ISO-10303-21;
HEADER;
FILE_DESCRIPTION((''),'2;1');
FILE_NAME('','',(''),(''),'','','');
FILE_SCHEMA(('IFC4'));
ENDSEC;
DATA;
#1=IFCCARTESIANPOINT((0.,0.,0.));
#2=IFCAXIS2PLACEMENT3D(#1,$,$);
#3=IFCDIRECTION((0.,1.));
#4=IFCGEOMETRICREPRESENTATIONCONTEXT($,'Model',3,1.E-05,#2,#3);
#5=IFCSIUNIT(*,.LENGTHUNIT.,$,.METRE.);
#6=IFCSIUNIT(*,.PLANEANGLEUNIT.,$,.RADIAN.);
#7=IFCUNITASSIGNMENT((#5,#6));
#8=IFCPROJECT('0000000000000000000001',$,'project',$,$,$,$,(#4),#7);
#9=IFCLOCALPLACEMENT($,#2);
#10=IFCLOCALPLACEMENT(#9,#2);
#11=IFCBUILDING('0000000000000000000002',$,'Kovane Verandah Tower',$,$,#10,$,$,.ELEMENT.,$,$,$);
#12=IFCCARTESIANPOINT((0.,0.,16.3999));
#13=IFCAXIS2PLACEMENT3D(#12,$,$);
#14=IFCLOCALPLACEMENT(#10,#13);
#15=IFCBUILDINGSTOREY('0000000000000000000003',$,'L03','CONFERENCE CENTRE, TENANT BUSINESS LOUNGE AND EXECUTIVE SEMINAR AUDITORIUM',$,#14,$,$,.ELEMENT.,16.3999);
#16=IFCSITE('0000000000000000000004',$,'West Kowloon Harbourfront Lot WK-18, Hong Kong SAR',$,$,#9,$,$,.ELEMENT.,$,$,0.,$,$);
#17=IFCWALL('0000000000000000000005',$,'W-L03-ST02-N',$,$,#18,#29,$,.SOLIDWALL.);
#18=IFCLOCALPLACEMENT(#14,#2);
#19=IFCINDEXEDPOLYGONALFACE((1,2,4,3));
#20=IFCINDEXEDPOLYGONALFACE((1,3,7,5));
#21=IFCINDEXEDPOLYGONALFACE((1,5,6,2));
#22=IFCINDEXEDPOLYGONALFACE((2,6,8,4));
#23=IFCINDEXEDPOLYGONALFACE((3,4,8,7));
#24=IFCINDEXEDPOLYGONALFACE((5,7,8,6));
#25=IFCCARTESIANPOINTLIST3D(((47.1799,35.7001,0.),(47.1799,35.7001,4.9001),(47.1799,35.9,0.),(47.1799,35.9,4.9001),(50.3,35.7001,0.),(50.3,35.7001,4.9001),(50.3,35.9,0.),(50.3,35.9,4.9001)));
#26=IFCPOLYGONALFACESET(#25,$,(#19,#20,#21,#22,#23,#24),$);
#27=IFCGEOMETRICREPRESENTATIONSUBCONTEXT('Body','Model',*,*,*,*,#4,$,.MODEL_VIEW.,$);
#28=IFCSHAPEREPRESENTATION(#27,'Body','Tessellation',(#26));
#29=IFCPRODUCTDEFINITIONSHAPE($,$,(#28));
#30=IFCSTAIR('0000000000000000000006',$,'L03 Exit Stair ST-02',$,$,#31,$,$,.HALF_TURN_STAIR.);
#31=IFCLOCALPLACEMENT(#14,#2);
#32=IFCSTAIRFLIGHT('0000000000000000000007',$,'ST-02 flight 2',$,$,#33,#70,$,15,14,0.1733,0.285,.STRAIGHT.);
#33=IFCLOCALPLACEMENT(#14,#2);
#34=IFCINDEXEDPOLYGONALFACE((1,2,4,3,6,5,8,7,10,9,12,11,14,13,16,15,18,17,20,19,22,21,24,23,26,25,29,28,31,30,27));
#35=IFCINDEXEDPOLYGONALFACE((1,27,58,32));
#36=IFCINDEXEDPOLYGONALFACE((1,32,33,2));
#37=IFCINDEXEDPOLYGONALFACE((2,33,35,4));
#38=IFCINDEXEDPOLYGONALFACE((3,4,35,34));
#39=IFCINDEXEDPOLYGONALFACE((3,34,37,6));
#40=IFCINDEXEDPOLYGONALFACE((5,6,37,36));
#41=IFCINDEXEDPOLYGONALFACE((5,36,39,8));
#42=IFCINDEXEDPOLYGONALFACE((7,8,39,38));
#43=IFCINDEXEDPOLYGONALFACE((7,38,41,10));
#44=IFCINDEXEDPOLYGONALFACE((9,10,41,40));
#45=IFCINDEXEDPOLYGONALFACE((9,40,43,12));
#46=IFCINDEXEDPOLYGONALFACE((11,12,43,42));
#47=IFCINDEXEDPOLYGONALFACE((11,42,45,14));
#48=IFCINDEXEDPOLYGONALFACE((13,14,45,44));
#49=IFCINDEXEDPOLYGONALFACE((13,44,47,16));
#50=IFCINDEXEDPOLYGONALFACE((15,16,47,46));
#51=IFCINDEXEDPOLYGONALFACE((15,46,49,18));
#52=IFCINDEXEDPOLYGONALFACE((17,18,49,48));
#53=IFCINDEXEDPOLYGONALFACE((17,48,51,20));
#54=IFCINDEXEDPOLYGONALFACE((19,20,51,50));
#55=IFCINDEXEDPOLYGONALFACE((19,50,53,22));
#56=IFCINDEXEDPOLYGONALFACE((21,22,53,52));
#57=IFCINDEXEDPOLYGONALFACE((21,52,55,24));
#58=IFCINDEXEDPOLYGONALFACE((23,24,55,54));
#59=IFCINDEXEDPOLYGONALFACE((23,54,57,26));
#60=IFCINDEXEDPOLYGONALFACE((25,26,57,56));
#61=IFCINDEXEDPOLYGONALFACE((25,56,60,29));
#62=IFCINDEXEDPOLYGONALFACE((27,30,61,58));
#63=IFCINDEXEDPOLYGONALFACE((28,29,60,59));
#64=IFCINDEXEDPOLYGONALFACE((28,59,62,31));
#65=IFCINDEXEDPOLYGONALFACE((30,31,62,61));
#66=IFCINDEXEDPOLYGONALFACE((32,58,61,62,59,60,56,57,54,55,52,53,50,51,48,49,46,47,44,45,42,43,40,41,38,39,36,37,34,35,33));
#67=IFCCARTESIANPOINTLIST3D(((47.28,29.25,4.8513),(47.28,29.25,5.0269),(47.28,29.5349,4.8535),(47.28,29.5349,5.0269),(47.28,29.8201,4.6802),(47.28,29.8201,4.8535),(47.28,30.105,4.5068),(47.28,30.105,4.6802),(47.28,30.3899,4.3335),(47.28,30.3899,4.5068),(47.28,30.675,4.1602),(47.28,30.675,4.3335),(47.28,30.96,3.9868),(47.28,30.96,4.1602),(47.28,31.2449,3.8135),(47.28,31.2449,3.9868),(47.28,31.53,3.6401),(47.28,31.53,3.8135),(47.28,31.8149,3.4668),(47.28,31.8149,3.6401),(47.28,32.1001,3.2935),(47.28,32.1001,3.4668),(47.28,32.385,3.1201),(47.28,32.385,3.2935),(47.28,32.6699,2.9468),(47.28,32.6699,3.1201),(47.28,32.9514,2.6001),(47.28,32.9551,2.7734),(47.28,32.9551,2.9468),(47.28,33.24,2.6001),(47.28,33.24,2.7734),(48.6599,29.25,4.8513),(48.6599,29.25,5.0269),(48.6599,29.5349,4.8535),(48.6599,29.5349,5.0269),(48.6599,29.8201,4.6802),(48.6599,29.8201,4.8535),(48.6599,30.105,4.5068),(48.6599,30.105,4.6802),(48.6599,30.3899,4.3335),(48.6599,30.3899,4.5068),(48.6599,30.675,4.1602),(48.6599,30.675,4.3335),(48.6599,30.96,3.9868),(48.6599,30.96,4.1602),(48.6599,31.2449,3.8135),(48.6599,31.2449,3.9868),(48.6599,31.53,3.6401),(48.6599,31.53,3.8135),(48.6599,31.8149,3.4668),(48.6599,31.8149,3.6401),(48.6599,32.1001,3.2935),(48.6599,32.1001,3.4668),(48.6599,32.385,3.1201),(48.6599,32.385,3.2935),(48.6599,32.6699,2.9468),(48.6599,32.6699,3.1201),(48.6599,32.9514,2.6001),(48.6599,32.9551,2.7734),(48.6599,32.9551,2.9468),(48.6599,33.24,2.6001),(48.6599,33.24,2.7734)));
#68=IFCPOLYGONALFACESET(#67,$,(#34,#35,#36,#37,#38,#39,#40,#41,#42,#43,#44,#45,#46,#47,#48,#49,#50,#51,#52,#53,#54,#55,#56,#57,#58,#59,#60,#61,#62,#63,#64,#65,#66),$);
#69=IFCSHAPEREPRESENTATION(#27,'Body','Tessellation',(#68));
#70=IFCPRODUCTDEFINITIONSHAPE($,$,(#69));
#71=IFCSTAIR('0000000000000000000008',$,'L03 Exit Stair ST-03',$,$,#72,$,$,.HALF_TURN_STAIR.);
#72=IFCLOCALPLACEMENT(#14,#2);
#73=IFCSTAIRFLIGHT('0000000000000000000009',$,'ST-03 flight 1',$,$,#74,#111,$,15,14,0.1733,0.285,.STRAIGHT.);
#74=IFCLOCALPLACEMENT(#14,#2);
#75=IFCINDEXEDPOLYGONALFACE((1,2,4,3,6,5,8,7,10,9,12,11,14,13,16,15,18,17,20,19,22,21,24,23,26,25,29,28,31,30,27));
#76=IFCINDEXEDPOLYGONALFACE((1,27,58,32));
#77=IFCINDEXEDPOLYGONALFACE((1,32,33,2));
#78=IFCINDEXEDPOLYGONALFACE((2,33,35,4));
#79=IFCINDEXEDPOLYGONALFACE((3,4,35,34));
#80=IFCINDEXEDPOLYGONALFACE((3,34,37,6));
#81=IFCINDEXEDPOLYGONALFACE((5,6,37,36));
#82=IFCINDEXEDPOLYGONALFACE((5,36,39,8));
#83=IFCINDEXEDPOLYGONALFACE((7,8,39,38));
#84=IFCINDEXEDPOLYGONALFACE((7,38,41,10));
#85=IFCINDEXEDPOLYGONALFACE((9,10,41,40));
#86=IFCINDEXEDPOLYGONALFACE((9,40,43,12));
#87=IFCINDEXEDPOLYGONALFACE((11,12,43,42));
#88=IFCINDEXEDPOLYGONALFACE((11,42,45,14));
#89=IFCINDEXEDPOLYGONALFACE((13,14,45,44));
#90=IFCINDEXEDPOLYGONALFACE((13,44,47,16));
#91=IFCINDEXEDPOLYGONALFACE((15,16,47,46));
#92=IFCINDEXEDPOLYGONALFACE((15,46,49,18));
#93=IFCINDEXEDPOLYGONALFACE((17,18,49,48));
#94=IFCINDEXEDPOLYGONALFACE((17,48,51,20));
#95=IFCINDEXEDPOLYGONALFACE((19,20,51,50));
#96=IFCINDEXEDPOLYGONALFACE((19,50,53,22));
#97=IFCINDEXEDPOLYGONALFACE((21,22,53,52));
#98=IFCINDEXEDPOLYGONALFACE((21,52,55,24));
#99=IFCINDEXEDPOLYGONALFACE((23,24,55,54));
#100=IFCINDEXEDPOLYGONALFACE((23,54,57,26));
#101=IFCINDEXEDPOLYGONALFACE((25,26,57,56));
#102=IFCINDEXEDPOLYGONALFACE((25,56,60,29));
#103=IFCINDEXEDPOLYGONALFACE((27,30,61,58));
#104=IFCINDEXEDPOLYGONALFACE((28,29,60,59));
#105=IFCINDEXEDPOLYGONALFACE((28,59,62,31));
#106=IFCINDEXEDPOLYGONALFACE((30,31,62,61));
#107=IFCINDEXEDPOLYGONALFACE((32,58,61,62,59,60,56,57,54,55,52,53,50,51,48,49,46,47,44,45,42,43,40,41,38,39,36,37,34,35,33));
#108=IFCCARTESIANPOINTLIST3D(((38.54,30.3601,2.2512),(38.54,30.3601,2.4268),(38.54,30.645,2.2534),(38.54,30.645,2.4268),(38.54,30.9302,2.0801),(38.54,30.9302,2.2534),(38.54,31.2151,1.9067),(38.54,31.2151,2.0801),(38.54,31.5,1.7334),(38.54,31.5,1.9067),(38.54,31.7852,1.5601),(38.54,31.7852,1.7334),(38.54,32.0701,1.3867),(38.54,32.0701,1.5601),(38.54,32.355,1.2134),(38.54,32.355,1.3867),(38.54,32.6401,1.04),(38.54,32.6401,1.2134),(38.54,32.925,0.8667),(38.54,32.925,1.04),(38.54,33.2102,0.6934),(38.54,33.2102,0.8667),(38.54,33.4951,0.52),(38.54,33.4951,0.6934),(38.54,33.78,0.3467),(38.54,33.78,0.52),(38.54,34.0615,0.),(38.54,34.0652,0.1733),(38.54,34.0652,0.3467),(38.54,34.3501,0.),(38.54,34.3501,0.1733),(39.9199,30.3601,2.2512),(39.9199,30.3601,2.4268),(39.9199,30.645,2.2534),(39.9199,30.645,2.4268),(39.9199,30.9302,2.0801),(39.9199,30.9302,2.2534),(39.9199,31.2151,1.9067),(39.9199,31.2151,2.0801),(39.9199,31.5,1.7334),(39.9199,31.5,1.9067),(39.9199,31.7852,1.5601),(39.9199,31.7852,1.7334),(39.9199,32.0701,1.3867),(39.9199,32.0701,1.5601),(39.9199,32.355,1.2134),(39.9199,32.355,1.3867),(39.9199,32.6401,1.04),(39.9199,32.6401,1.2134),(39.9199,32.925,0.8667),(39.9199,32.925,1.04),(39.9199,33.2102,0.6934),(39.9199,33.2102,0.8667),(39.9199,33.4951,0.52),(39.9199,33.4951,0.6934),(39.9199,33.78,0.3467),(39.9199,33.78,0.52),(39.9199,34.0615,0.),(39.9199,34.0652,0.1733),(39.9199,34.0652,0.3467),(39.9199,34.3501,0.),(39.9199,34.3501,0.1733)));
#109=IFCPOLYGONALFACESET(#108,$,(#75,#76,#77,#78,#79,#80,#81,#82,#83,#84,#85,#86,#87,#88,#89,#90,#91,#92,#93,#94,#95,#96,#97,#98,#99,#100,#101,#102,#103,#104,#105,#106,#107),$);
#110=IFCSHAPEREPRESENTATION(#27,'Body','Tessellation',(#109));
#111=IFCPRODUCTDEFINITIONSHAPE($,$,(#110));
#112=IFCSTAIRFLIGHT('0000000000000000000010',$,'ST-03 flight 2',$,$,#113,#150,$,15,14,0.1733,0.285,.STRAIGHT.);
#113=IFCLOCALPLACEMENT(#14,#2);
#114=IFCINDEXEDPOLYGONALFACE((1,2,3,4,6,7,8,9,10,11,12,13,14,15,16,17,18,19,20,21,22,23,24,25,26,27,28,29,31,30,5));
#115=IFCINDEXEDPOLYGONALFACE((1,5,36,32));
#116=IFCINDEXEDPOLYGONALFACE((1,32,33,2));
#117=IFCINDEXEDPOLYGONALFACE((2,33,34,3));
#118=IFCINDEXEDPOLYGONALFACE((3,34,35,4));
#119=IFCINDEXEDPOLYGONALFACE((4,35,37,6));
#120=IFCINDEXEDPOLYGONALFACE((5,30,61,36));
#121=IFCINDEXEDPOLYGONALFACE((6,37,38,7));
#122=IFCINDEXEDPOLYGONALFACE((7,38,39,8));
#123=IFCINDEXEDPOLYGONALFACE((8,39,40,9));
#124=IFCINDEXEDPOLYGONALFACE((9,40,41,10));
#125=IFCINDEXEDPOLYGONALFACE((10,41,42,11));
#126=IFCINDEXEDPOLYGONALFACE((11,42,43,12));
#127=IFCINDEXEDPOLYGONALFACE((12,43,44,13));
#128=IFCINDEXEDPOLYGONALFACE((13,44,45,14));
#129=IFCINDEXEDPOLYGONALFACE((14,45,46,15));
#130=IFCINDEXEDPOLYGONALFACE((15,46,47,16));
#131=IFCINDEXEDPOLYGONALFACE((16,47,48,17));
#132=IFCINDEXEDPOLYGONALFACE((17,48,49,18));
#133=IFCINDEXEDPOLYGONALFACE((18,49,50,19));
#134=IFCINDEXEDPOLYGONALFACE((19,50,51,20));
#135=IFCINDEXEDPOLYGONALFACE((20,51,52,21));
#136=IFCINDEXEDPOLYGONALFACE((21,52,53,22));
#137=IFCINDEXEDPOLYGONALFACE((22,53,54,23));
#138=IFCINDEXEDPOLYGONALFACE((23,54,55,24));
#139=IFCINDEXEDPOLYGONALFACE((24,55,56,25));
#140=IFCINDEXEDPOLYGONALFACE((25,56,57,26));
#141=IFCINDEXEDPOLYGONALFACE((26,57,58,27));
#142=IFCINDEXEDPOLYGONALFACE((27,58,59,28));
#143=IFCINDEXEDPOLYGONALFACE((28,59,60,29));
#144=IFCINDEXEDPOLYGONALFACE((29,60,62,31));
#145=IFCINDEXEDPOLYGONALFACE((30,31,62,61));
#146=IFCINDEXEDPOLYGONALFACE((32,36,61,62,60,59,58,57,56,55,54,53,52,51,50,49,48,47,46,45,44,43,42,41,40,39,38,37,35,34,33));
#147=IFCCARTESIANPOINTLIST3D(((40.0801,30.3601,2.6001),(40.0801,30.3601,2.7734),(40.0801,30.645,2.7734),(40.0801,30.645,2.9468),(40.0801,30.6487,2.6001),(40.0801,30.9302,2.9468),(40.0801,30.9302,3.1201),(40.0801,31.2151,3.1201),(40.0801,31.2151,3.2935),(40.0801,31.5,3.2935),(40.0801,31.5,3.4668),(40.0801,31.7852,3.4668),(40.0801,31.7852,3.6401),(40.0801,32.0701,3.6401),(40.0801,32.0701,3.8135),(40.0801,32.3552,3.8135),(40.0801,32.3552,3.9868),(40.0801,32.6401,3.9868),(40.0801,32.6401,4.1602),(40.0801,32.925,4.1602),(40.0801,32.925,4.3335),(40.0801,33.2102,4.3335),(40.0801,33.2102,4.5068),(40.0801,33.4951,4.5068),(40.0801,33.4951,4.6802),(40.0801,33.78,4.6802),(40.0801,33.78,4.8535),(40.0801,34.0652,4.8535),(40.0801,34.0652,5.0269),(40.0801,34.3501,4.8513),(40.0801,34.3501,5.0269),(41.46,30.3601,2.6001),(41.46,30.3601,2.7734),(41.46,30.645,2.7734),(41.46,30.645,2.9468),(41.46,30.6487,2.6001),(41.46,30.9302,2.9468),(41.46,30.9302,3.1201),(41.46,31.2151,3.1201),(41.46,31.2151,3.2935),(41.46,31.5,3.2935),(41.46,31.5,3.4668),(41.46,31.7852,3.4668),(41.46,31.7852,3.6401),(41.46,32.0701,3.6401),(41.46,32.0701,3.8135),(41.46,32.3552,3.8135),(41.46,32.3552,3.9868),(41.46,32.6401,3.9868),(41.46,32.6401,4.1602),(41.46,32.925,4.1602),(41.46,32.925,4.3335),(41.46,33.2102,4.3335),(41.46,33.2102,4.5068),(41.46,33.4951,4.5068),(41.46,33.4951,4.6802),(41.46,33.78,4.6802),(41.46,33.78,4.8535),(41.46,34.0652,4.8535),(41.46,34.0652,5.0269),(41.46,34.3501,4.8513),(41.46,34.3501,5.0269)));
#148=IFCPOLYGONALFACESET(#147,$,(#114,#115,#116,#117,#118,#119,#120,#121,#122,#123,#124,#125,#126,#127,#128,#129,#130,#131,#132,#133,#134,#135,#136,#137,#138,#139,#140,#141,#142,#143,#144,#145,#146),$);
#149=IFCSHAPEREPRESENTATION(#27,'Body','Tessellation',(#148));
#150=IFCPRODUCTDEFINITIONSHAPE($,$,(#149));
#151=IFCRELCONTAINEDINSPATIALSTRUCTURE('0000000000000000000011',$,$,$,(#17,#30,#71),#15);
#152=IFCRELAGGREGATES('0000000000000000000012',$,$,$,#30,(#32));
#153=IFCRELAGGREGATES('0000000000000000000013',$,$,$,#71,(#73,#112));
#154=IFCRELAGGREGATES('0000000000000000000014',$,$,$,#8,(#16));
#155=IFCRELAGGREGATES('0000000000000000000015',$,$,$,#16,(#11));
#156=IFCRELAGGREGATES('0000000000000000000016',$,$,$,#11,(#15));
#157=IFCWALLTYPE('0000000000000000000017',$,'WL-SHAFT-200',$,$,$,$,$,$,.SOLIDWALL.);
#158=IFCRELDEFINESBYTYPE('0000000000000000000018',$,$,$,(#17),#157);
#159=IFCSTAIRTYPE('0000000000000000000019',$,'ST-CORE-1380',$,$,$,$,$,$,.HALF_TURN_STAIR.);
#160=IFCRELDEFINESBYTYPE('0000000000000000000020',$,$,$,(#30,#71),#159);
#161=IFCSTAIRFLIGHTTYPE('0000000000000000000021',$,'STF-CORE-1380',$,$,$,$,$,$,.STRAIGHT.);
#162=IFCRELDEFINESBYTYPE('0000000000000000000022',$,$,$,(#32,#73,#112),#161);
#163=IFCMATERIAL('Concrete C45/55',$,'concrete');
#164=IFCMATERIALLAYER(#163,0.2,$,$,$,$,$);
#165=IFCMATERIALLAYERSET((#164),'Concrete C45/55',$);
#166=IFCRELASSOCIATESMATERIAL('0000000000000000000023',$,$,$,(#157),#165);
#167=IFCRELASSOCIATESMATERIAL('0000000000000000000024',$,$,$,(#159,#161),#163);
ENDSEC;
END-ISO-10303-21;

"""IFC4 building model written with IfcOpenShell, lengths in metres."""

from ifc_helpers import new_model, si_unit, direction, frame, frame_2d, origin, place, context, subcontext, project, spatial, polyline, rectangle, outline, extrude, material, layer, layer_set, type_object, element, aggregate, save


model = new_model("IFC4")

# Units and contexts
model_context = context("Model", 3, precision=1e-05, world=origin(), true_north=direction((0.0, 1.0)))
body_context = subcontext(model_context, "Body", "Model", "MODEL_VIEW")
ifc_project = project(units=[si_unit("LENGTHUNIT", "METRE"), si_unit("PLANEANGLEUNIT", "RADIAN")], contexts=[model_context])

# Site, building, storey
site_placement = place(None, origin())
site = spatial("IfcSite", under=ifc_project, at=site_placement, Name="West Kowloon Harbourfront Lot WK-18, Hong Kong SAR", CompositionType="ELEMENT", RefElevation=0.0)
building_placement = place(site_placement, origin())
building = spatial("IfcBuilding", under=site, at=building_placement, Name="Kovane Verandah Tower", CompositionType="ELEMENT")
storey_placement = place(building_placement, frame((0.0, 0.0, 16.3999)))
storey = spatial("IfcBuildingStorey", under=building, at=storey_placement, Name="L03", Description="CONFERENCE CENTRE, TENANT BUSINESS LOUNGE AND EXECUTIVE SEMINAR AUDITORIUM", CompositionType="ELEMENT", Elevation=16.3999)

# Wall
ifc_material_1 = material(Name="Concrete C45/55", Category="concrete")
ifc_layer_1 = layer(ifc_material_1, 0.2)
ifc_layer_set_1 = layer_set([ifc_layer_1], Name="Concrete C45/55")
wall_type_1 = type_object("IfcWallType", Name="WL-SHAFT-200", PredefinedType="SOLIDWALL", material=ifc_layer_set_1)
wall_1_placement = place(storey_placement, frame((47.1799, 35.8, 0.0), z_axis=(0.0, 0.0, 1.0), x_axis=(1.0, 0.0, 0.0)))
element("IfcWall", 1, at=wall_1_placement, inside=storey, type_object=wall_type_1, Name="W-L03-ST02-N", PredefinedType="SOLIDWALL", context=body_context, shape_type="SweptSolid", body=[
    extrude(rectangle(XDim=3.1201, YDim=0.2, at=frame_2d((1.5601, 0.0))), origin(), (0.0, 0.0, 1.0), 4.9001),
])

# Stair, stair flight
stair_type = type_object("IfcStairType", Name="ST-CORE-1380", PredefinedType="HALF_TURN_STAIR", material=ifc_material_1)
stair_1_placement = place(storey_placement, origin())
stair_1 = element("IfcStair", 2, at=stair_1_placement, inside=storey, type_object=stair_type, Name="L03 Exit Stair ST-02", PredefinedType="HALF_TURN_STAIR")
stair_flight_type = type_object("IfcStairFlightType", Name="STF-CORE-1380", PredefinedType="STRAIGHT", material=ifc_material_1)
stair_flight_1_placement = place(storey_placement, frame((47.97, 33.24, 2.6001), z_axis=(0.0, 0.0, 1.0), x_axis=(0.0, -1.0, 0.0)))
stair_flight_1 = element("IfcStairFlight", 3, at=stair_flight_1_placement, type_object=stair_flight_type, Name="ST-02 flight 2", NumberOfRisers=15, NumberOfTreads=14, PredefinedType="STRAIGHT", RiserHeight=0.1733, TreadLength=0.285, context=body_context, shape_type="SweptSolid", body=[
    extrude(outline(polyline([(0.0, 0.0), (0.0, 0.1733), (0.2849, 0.1733), (0.2849, 0.3467), (0.5701, 0.3467), (0.5701, 0.52), (0.855, 0.52), (0.855, 0.6934), (1.1399, 0.6934), (1.1399, 0.8667), (1.425, 0.8667), (1.425, 1.04), (1.71, 1.04), (1.71, 1.2134), (1.9951, 1.2134), (1.9951, 1.3867), (2.28, 1.3867), (2.28, 1.5601), (2.5649, 1.5601), (2.5649, 1.7334), (2.8501, 1.7334), (2.8501, 1.9067), (3.135, 1.9067), (3.135, 2.0801), (3.4199, 2.0801), (3.4199, 2.2534), (3.7051, 2.2534), (3.7051, 2.4268), (3.99, 2.4268), (3.99, 2.6001), (3.99, 2.2512), (0.2886, 0.0), (0.0, 0.0)])), frame((0.0, 0.6899, 0.0), z_axis=(0.0, -1.0, 0.0), x_axis=(1.0, 0.0, 0.0)), (0.0, 0.0, 1.0), 1.3799),
])
aggregate(stair_1, [stair_flight_1])

# Stair, stair flights
stair_2_placement = place(storey_placement, origin())
stair_2 = element("IfcStair", 4, at=stair_2_placement, inside=storey, type_object=stair_type, Name="L03 Exit Stair ST-03", PredefinedType="HALF_TURN_STAIR")
stair_flight_2_placement = place(storey_placement, frame((39.23, 34.3501, 0.0), z_axis=(0.0, 0.0, 1.0), x_axis=(0.0, -1.0, 0.0)))
stair_flight_2 = element("IfcStairFlight", 5, at=stair_flight_2_placement, type_object=stair_flight_type, Name="ST-03 flight 1", NumberOfRisers=15, NumberOfTreads=14, PredefinedType="STRAIGHT", RiserHeight=0.1733, TreadLength=0.285, context=body_context, shape_type="SweptSolid", body=[
    extrude(outline(polyline([(0.0, 0.0), (0.0, 0.1733), (0.2849, 0.1733), (0.2849, 0.3467), (0.5701, 0.3467), (0.5701, 0.52), (0.855, 0.52), (0.855, 0.6934), (1.1399, 0.6934), (1.1399, 0.8667), (1.425, 0.8667), (1.425, 1.04), (1.71, 1.04), (1.71, 1.2134), (1.9951, 1.2134), (1.9951, 1.3867), (2.28, 1.3867), (2.28, 1.5601), (2.5649, 1.5601), (2.5649, 1.7334), (2.8501, 1.7334), (2.8501, 1.9067), (3.135, 1.9067), (3.135, 2.0801), (3.4199, 2.0801), (3.4199, 2.2534), (3.7051, 2.2534), (3.7051, 2.4268), (3.99, 2.4268), (3.99, 2.6001), (3.99, 2.2512), (0.2886, 0.0), (0.0, 0.0)])), frame((0.0, 0.6899, 0.0), z_axis=(0.0, -1.0, 0.0), x_axis=(1.0, 0.0, 0.0)), (0.0, 0.0, 1.0), 1.3799),
])
stair_flight_3_placement = place(storey_placement, frame((40.77, 30.3601, 2.6001), z_axis=(0.0, 0.0, 1.0), x_axis=(0.0, 1.0, 0.0)))
stair_flight_3 = element("IfcStairFlight", 6, at=stair_flight_3_placement, type_object=stair_flight_type, Name="ST-03 flight 2", NumberOfRisers=15, NumberOfTreads=14, PredefinedType="STRAIGHT", RiserHeight=0.1733, TreadLength=0.285, context=body_context, shape_type="SweptSolid", body=[
    extrude(outline(polyline([(0.0, 0.0), (0.0, 0.1733), (0.2849, 0.1733), (0.2849, 0.3467), (0.5701, 0.3467), (0.5701, 0.52), (0.855, 0.52), (0.855, 0.6934), (1.1399, 0.6934), (1.1399, 0.8667), (1.425, 0.8667), (1.425, 1.04), (1.71, 1.04), (1.71, 1.2134), (1.9951, 1.2134), (1.9951, 1.3867), (2.28, 1.3867), (2.28, 1.5601), (2.5649, 1.5601), (2.5649, 1.7334), (2.8501, 1.7334), (2.8501, 1.9067), (3.135, 1.9067), (3.135, 2.0801), (3.4199, 2.0801), (3.4199, 2.2534), (3.7051, 2.2534), (3.7051, 2.4268), (3.99, 2.4268), (3.99, 2.6001), (3.99, 2.2512), (0.2886, 0.0), (0.0, 0.0)])), frame((0.0, 0.6899, 0.0), z_axis=(0.0, -1.0, 0.0), x_axis=(1.0, 0.0, 0.0)), (0.0, 0.0, 1.0), 1.3799),
])
aggregate(stair_2, [stair_flight_2, stair_flight_3])

save(model, "model.ifc")
